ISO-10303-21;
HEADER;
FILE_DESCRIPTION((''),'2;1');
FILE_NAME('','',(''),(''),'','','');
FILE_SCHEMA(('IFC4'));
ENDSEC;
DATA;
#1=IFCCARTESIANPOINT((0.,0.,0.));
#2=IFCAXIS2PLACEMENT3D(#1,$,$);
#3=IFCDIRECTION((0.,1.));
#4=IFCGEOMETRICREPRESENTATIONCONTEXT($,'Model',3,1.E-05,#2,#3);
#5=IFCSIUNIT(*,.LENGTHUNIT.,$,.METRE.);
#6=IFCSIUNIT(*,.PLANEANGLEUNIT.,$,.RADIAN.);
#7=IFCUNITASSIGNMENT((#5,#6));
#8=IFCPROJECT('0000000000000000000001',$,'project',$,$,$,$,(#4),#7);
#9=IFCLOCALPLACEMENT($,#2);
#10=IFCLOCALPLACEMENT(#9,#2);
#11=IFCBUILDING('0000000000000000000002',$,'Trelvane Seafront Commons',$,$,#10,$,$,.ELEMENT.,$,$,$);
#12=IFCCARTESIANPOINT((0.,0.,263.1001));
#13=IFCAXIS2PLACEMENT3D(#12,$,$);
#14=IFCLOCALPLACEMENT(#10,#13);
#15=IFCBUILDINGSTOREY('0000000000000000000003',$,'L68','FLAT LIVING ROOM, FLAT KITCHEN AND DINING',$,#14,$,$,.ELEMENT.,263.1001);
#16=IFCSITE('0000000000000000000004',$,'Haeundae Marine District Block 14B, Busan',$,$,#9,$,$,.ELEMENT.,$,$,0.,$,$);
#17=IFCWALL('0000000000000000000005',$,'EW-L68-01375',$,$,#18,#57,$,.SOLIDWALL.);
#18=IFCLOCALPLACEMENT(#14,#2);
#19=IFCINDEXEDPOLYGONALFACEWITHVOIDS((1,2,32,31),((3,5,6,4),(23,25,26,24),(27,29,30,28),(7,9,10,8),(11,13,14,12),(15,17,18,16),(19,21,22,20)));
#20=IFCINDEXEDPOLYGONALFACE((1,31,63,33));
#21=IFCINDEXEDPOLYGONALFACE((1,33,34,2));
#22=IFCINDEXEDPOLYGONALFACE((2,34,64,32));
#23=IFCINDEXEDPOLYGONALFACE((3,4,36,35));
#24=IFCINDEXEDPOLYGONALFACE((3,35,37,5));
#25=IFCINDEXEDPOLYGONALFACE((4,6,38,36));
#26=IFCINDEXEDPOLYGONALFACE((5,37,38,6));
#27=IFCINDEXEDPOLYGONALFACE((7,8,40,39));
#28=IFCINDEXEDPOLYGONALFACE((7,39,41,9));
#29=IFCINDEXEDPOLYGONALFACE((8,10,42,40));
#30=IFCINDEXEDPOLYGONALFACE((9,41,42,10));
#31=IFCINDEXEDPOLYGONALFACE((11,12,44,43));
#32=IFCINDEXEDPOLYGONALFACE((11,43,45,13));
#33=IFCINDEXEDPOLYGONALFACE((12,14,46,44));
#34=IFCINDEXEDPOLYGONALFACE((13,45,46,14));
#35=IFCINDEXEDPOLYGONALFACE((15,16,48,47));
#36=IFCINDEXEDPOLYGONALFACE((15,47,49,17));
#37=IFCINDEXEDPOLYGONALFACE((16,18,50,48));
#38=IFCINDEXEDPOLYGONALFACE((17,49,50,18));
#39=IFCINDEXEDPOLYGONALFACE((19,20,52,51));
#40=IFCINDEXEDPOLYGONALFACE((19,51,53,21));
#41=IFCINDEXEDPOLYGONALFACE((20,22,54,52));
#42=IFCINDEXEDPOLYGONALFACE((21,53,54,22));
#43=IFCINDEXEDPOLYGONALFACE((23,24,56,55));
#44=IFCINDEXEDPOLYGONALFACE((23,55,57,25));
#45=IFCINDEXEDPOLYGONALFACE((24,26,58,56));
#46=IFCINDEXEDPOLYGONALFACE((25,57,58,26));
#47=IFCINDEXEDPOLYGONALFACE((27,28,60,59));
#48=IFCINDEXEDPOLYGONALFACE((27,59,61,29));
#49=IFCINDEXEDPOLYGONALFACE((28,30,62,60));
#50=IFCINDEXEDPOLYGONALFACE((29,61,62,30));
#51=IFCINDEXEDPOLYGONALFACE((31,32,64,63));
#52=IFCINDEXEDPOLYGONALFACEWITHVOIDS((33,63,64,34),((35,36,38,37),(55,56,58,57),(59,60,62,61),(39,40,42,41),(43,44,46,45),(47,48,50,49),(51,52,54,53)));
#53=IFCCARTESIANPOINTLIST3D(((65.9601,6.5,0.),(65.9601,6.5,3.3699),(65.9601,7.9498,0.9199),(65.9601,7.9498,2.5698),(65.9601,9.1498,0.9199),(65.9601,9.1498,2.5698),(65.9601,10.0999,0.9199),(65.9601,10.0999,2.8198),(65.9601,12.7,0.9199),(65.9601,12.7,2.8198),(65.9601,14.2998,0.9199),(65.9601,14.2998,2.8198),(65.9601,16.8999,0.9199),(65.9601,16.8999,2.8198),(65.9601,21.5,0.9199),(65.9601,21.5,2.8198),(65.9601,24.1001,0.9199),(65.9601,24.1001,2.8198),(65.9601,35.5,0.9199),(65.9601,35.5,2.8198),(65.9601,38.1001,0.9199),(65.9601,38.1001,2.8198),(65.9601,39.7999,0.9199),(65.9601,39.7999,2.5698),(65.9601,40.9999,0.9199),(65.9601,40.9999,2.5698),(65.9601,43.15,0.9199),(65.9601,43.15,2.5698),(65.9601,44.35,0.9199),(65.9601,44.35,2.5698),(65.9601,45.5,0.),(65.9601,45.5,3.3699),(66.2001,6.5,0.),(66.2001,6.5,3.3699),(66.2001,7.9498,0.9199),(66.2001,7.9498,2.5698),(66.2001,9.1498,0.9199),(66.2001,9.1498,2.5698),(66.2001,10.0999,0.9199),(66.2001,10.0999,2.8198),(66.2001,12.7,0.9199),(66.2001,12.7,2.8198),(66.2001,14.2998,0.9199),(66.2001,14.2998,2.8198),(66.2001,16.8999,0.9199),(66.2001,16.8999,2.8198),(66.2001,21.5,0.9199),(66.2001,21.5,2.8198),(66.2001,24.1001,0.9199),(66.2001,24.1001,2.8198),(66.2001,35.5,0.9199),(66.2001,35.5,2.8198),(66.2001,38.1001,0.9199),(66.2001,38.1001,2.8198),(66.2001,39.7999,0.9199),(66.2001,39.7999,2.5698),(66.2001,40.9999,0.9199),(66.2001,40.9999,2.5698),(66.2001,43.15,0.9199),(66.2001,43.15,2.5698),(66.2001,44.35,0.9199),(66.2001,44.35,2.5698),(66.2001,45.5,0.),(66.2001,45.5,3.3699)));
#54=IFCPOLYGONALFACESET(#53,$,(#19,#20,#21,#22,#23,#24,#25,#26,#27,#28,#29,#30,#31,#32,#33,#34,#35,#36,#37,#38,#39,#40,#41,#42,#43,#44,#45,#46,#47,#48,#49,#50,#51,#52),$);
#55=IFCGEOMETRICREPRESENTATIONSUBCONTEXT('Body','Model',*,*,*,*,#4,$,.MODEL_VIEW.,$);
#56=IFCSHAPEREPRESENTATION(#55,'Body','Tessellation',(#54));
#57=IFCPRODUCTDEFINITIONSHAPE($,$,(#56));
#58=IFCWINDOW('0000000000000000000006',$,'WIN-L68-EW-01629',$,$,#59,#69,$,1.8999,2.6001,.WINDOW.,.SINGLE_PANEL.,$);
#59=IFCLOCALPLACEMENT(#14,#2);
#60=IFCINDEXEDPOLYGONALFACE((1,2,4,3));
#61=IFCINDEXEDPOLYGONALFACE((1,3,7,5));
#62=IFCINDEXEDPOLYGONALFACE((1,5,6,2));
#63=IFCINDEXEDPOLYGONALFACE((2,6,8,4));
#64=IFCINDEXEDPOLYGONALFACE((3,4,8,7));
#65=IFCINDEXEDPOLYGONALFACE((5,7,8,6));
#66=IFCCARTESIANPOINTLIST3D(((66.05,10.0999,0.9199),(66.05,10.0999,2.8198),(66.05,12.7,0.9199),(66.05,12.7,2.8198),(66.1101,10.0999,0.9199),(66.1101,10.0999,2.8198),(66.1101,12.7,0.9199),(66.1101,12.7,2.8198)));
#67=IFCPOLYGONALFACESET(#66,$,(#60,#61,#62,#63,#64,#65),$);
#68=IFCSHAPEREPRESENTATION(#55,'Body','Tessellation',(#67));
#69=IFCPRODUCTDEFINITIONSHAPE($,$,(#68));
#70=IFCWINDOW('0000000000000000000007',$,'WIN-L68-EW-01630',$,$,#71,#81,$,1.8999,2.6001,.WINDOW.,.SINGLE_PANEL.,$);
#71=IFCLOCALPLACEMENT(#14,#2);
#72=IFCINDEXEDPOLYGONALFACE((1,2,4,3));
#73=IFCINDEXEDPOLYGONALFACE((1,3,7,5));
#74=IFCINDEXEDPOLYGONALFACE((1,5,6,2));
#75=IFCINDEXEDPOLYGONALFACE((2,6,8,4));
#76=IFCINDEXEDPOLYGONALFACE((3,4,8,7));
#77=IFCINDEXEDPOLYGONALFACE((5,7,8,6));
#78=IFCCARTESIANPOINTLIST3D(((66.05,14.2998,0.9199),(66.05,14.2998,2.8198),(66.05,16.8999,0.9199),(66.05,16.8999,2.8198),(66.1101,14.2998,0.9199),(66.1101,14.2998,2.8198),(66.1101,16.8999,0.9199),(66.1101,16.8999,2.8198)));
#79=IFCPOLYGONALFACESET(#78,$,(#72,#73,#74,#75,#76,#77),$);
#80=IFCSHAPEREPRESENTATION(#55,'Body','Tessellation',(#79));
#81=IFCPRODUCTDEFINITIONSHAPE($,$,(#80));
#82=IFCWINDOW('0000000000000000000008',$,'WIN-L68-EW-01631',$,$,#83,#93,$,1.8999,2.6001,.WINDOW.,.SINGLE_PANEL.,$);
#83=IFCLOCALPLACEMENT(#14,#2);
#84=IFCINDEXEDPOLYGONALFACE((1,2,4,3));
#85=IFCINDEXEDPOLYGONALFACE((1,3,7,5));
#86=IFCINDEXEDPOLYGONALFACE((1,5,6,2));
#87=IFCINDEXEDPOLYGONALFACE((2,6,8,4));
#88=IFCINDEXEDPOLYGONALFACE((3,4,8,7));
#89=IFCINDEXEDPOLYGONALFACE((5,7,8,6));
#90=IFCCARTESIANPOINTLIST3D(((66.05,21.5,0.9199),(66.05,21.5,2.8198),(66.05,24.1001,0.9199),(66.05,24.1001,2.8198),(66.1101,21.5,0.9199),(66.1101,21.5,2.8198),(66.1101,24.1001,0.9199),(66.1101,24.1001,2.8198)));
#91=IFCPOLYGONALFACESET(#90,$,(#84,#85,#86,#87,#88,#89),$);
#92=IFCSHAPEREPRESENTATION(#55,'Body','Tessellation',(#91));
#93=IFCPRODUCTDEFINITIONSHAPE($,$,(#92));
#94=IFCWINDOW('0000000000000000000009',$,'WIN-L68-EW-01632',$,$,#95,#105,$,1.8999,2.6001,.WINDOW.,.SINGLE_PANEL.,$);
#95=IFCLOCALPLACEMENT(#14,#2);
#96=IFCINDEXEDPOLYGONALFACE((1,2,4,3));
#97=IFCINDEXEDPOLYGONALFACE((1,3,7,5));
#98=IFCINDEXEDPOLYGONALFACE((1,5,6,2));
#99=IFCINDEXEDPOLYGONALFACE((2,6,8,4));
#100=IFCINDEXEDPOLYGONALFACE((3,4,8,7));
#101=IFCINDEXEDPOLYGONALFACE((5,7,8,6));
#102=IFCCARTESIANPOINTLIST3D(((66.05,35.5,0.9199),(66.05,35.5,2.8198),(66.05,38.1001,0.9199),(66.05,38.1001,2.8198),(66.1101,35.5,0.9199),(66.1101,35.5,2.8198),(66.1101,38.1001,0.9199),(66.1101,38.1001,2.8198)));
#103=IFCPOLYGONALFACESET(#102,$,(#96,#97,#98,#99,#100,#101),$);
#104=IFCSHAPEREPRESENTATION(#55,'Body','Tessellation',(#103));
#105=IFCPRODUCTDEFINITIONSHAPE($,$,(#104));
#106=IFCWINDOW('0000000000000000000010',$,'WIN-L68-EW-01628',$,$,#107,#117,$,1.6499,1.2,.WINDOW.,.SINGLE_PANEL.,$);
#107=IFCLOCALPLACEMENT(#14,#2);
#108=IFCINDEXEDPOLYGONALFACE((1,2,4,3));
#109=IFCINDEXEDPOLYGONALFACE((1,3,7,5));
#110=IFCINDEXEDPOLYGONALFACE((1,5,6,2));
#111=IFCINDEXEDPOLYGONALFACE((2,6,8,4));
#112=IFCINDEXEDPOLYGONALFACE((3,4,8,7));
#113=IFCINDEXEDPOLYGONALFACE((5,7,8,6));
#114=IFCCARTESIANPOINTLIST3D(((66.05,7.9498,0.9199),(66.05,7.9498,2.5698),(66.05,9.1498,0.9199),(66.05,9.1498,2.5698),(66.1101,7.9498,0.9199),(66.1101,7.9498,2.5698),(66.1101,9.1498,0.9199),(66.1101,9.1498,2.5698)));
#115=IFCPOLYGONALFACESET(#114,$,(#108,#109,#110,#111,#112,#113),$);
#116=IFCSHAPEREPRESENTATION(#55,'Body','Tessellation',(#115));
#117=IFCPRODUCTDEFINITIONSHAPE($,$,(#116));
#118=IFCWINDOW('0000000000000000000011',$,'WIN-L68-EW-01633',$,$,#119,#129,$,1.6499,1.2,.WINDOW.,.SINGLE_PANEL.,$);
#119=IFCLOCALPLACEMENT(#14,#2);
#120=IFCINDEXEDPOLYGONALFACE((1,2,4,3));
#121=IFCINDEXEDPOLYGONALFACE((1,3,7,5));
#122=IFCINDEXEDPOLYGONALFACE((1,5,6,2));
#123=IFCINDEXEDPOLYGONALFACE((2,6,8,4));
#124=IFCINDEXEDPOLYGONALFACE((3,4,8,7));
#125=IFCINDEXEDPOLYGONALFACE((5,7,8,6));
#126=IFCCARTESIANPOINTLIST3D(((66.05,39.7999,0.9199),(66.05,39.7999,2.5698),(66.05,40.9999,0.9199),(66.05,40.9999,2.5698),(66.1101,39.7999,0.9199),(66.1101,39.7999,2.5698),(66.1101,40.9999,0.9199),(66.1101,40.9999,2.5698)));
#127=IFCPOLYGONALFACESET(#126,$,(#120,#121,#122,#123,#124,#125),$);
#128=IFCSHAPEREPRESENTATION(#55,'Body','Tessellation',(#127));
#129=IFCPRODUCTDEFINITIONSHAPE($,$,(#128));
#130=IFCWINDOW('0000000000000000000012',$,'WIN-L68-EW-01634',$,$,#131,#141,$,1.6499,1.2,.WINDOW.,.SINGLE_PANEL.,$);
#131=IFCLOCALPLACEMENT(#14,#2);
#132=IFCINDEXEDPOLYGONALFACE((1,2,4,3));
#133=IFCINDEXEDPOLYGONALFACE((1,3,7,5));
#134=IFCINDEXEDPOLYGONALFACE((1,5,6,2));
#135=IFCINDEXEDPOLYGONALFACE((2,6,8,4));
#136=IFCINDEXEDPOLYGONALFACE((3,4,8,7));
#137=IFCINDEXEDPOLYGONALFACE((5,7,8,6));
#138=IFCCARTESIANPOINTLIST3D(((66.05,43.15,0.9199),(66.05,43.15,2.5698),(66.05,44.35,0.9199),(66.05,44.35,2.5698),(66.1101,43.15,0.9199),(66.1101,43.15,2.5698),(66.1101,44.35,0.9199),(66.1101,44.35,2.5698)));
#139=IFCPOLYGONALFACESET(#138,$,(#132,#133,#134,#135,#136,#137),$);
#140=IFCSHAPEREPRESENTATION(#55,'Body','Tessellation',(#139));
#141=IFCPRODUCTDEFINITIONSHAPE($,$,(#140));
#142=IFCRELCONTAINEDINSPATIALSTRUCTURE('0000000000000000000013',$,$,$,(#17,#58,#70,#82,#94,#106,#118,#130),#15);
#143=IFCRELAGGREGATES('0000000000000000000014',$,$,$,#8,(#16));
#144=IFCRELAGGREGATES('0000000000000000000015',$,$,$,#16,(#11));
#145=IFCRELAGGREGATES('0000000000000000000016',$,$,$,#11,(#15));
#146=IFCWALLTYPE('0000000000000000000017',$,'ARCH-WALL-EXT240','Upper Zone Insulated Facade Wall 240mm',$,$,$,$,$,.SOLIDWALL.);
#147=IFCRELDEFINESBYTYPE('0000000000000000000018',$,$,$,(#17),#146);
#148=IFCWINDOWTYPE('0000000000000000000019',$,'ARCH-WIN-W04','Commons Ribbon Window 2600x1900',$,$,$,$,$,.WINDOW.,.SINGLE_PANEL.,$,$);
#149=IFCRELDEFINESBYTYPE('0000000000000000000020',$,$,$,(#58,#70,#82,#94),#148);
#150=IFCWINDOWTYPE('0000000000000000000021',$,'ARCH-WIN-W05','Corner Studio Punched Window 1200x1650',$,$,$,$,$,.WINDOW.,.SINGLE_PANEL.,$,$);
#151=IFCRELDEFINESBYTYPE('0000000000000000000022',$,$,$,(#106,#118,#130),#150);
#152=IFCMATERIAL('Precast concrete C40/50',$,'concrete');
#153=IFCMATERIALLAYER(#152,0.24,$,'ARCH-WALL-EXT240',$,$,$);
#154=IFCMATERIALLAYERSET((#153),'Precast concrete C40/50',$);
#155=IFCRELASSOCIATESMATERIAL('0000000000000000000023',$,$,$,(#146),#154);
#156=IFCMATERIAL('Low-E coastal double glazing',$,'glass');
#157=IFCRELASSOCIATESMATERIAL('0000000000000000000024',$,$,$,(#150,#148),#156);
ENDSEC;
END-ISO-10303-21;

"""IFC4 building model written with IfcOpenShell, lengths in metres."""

from ifc_helpers import new_model, si_unit, direction, frame, frame_2d, origin, place, context, subcontext, project, spatial, rectangle, extrude, source, transform, mapped, material, layer, layer_set, type_object, element, fill, save


model = new_model("IFC4")

# Units and contexts
model_context = context("Model", 3, precision=1e-05, world=origin(), true_north=direction((0.0, 1.0)))
body_context = subcontext(model_context, "Body", "Model", "MODEL_VIEW")
ifc_project = project(units=[si_unit("LENGTHUNIT", "METRE"), si_unit("PLANEANGLEUNIT", "RADIAN")], contexts=[model_context])

# Site, building, storey
site_placement = place(None, origin())
site = spatial("IfcSite", under=ifc_project, at=site_placement, Name="Haeundae Marine District Block 14B, Busan", CompositionType="ELEMENT", RefElevation=0.0)
building_placement = place(site_placement, origin())
building = spatial("IfcBuilding", under=site, at=building_placement, Name="Trelvane Seafront Commons", CompositionType="ELEMENT")
storey_placement = place(building_placement, frame((0.0, 0.0, 263.1001)))
storey = spatial("IfcBuildingStorey", under=building, at=storey_placement, Name="L68", Description="FLAT LIVING ROOM, FLAT KITCHEN AND DINING", CompositionType="ELEMENT", Elevation=263.1001)

# Shared definitions
ifc_material_1 = material(Name="Low-E coastal double glazing", Category="glass")

# Shared definitions
ifc_material_2 = material(Name="Precast concrete C40/50", Category="concrete")
ifc_layer_1 = layer(ifc_material_2, 0.24, Name="ARCH-WALL-EXT240")
ifc_layer_set_1 = layer_set([ifc_layer_1], Name="Precast concrete C40/50")
wall_type = type_object("IfcWallType", Name="ARCH-WALL-EXT240", Description="Upper Zone Insulated Facade Wall 240mm", PredefinedType="SOLIDWALL", material=ifc_layer_set_1)
window_type_1 = type_object("IfcWindowType", Name="ARCH-WIN-W05", Description="Corner Studio Punched Window 1200x1650", PartitioningType="SINGLE_PANEL", PredefinedType="WINDOW", material=ifc_material_1)
shared_shape_1 = source(origin(), body_context, "Body", "SweptSolid", [
    extrude(rectangle(XDim=1.2, YDim=1.6499, at=frame_2d((0.6001, 0.825))), frame((0.0, 0.03, 0.0), z_axis=(0.0, -1.0, 0.0), x_axis=(1.0, 0.0, 0.0)), (0.0, 0.0, 1.0), 0.0601),
])

# Wall, openings, windows
wall_1_placement = place(storey_placement, frame((66.0801, 45.5, 0.0), z_axis=(0.0, 0.0, 1.0), x_axis=(0.0, -1.0, 0.0)))
wall_1 = element("IfcWall", 1, at=wall_1_placement, inside=storey, type_object=wall_type, Name="EW-L68-01375", PredefinedType="SOLIDWALL", context=body_context, shape_type="SweptSolid", body=[
    extrude(rectangle(XDim=39.0, YDim=0.24, at=frame_2d((19.5, 0.0))), origin(), (0.0, 0.0, 1.0), 3.3699),
])
opening_1_placement = place(wall_1_placement, frame((36.3501, 0.0, 0.9199)))
opening_1 = element("IfcOpeningElement", 2, at=opening_1_placement, cuts=wall_1, PredefinedType="OPENING", context=body_context, shape_type="SweptSolid", body=[
    extrude(rectangle(XDim=1.2, YDim=1.6499, at=frame_2d((0.6001, 0.825))), frame((0.0, 0.1299, 0.0), z_axis=(0.0, -1.0, 0.0), x_axis=(1.0, 0.0, 0.0)), (0.0, 0.0, 1.0), 0.26),
])
opening_2_placement = place(wall_1_placement, frame((32.8, 0.0, 0.9199)))
opening_2 = element("IfcOpeningElement", 3, at=opening_2_placement, cuts=wall_1, PredefinedType="OPENING", context=body_context, shape_type="SweptSolid", body=[
    extrude(rectangle(XDim=2.6001, YDim=1.8999, at=frame_2d((1.3, 0.95))), frame((0.0, 0.1299, 0.0), z_axis=(0.0, -1.0, 0.0), x_axis=(1.0, 0.0, 0.0)), (0.0, 0.0, 1.0), 0.26),
])
opening_3_placement = place(wall_1_placement, frame((28.6001, 0.0, 0.9199)))
opening_3 = element("IfcOpeningElement", 4, at=opening_3_placement, cuts=wall_1, PredefinedType="OPENING", context=body_context, shape_type="SweptSolid", body=[
    extrude(rectangle(XDim=2.6001, YDim=1.8999, at=frame_2d((1.3, 0.95))), frame((0.0, 0.1299, 0.0), z_axis=(0.0, -1.0, 0.0), x_axis=(1.0, 0.0, 0.0)), (0.0, 0.0, 1.0), 0.26),
])
opening_4_placement = place(wall_1_placement, frame((21.3999, 0.0, 0.9199)))
opening_4 = element("IfcOpeningElement", 5, at=opening_4_placement, cuts=wall_1, PredefinedType="OPENING", context=body_context, shape_type="SweptSolid", body=[
    extrude(rectangle(XDim=2.6001, YDim=1.8999, at=frame_2d((1.3, 0.95))), frame((0.0, 0.1299, 0.0), z_axis=(0.0, -1.0, 0.0), x_axis=(1.0, 0.0, 0.0)), (0.0, 0.0, 1.0), 0.26),
])
opening_5_placement = place(wall_1_placement, frame((7.3999, 0.0, 0.9199)))
opening_5 = element("IfcOpeningElement", 6, at=opening_5_placement, cuts=wall_1, PredefinedType="OPENING", context=body_context, shape_type="SweptSolid", body=[
    extrude(rectangle(XDim=2.6001, YDim=1.8999, at=frame_2d((1.3, 0.95))), frame((0.0, 0.1299, 0.0), z_axis=(0.0, -1.0, 0.0), x_axis=(1.0, 0.0, 0.0)), (0.0, 0.0, 1.0), 0.26),
])
opening_6_placement = place(wall_1_placement, frame((4.5, 0.0, 0.9199)))
opening_6 = element("IfcOpeningElement", 7, at=opening_6_placement, cuts=wall_1, PredefinedType="OPENING", context=body_context, shape_type="SweptSolid", body=[
    extrude(rectangle(XDim=1.2, YDim=1.6499, at=frame_2d((0.6001, 0.825))), frame((0.0, 0.1299, 0.0), z_axis=(0.0, -1.0, 0.0), x_axis=(1.0, 0.0, 0.0)), (0.0, 0.0, 1.0), 0.26),
])
opening_7_placement = place(wall_1_placement, frame((1.1499, 0.0, 0.9199)))
opening_7 = element("IfcOpeningElement", 8, at=opening_7_placement, cuts=wall_1, PredefinedType="OPENING", context=body_context, shape_type="SweptSolid", body=[
    extrude(rectangle(XDim=1.2, YDim=1.6499, at=frame_2d((0.6001, 0.825))), frame((0.0, 0.1299, 0.0), z_axis=(0.0, -1.0, 0.0), x_axis=(1.0, 0.0, 0.0)), (0.0, 0.0, 1.0), 0.26),
])
window_type_2 = type_object("IfcWindowType", Name="ARCH-WIN-W04", Description="Commons Ribbon Window 2600x1900", PartitioningType="SINGLE_PANEL", PredefinedType="WINDOW", material=ifc_material_1)
shared_shape_2 = source(origin(), body_context, "Body", "SweptSolid", [
    extrude(rectangle(XDim=2.6001, YDim=1.8999, at=frame_2d((1.3, 0.95))), frame((0.0, 0.03, 0.0), z_axis=(0.0, -1.0, 0.0), x_axis=(1.0, 0.0, 0.0)), (0.0, 0.0, 1.0), 0.0601),
])
window_1_placement = place(opening_2_placement, origin())
window_1 = element("IfcWindow", 9, at=window_1_placement, inside=storey, type_object=window_type_2, Name="WIN-L68-EW-01629", OverallHeight=1.8999, OverallWidth=2.6001, PartitioningType="SINGLE_PANEL", PredefinedType="WINDOW", context=body_context, shape_type="MappedRepresentation", body=[
    mapped(shared_shape_2, transform((0.0, 0.0, 0.0), x_axis=(1.0, 0.0, 0.0), y_axis=(0.0, 1.0, 0.0), z_axis=(0.0, 0.0, 1.0), scale=1.0)),
])
fill(opening_2, window_1)
window_2_placement = place(opening_3_placement, origin())
window_2 = element("IfcWindow", 10, at=window_2_placement, inside=storey, type_object=window_type_2, Name="WIN-L68-EW-01630", OverallHeight=1.8999, OverallWidth=2.6001, PartitioningType="SINGLE_PANEL", PredefinedType="WINDOW", context=body_context, shape_type="MappedRepresentation", body=[
    mapped(shared_shape_2, transform((0.0, 0.0, 0.0), x_axis=(1.0, 0.0, 0.0), y_axis=(0.0, 1.0, 0.0), z_axis=(0.0, 0.0, 1.0), scale=1.0)),
])
fill(opening_3, window_2)
window_3_placement = place(opening_4_placement, origin())
window_3 = element("IfcWindow", 11, at=window_3_placement, inside=storey, type_object=window_type_2, Name="WIN-L68-EW-01631", OverallHeight=1.8999, OverallWidth=2.6001, PartitioningType="SINGLE_PANEL", PredefinedType="WINDOW", context=body_context, shape_type="MappedRepresentation", body=[
    mapped(shared_shape_2, transform((0.0, 0.0, 0.0), x_axis=(1.0, 0.0, 0.0), y_axis=(0.0, 1.0, 0.0), z_axis=(0.0, 0.0, 1.0), scale=1.0)),
])
fill(opening_4, window_3)
window_4_placement = place(opening_5_placement, origin())
window_4 = element("IfcWindow", 12, at=window_4_placement, inside=storey, type_object=window_type_2, Name="WIN-L68-EW-01632", OverallHeight=1.8999, OverallWidth=2.6001, PartitioningType="SINGLE_PANEL", PredefinedType="WINDOW", context=body_context, shape_type="MappedRepresentation", body=[
    mapped(shared_shape_2, transform((0.0, 0.0, 0.0), x_axis=(1.0, 0.0, 0.0), y_axis=(0.0, 1.0, 0.0), z_axis=(0.0, 0.0, 1.0), scale=1.0)),
])
fill(opening_5, window_4)
window_5_placement = place(opening_1_placement, origin())
window_5 = element("IfcWindow", 13, at=window_5_placement, inside=storey, type_object=window_type_1, Name="WIN-L68-EW-01628", OverallHeight=1.6499, OverallWidth=1.2, PartitioningType="SINGLE_PANEL", PredefinedType="WINDOW", context=body_context, shape_type="MappedRepresentation", body=[
    mapped(shared_shape_1, transform((0.0, 0.0, 0.0), x_axis=(1.0, 0.0, 0.0), y_axis=(0.0, 1.0, 0.0), z_axis=(0.0, 0.0, 1.0), scale=1.0)),
])
fill(opening_1, window_5)
window_6_placement = place(opening_6_placement, origin())
window_6 = element("IfcWindow", 14, at=window_6_placement, inside=storey, type_object=window_type_1, Name="WIN-L68-EW-01633", OverallHeight=1.6499, OverallWidth=1.2, PartitioningType="SINGLE_PANEL", PredefinedType="WINDOW", context=body_context, shape_type="MappedRepresentation", body=[
    mapped(shared_shape_1, transform((0.0, 0.0, 0.0), x_axis=(1.0, 0.0, 0.0), y_axis=(0.0, 1.0, 0.0), z_axis=(0.0, 0.0, 1.0), scale=1.0)),
])
fill(opening_6, window_6)
window_7_placement = place(opening_7_placement, origin())
window_7 = element("IfcWindow", 15, at=window_7_placement, inside=storey, type_object=window_type_1, Name="WIN-L68-EW-01634", OverallHeight=1.6499, OverallWidth=1.2, PartitioningType="SINGLE_PANEL", PredefinedType="WINDOW", context=body_context, shape_type="MappedRepresentation", body=[
    mapped(shared_shape_1, transform((0.0, 0.0, 0.0), x_axis=(1.0, 0.0, 0.0), y_axis=(0.0, 1.0, 0.0), z_axis=(0.0, 0.0, 1.0), scale=1.0)),
])
fill(opening_7, window_7)

save(model, "model.ifc")
